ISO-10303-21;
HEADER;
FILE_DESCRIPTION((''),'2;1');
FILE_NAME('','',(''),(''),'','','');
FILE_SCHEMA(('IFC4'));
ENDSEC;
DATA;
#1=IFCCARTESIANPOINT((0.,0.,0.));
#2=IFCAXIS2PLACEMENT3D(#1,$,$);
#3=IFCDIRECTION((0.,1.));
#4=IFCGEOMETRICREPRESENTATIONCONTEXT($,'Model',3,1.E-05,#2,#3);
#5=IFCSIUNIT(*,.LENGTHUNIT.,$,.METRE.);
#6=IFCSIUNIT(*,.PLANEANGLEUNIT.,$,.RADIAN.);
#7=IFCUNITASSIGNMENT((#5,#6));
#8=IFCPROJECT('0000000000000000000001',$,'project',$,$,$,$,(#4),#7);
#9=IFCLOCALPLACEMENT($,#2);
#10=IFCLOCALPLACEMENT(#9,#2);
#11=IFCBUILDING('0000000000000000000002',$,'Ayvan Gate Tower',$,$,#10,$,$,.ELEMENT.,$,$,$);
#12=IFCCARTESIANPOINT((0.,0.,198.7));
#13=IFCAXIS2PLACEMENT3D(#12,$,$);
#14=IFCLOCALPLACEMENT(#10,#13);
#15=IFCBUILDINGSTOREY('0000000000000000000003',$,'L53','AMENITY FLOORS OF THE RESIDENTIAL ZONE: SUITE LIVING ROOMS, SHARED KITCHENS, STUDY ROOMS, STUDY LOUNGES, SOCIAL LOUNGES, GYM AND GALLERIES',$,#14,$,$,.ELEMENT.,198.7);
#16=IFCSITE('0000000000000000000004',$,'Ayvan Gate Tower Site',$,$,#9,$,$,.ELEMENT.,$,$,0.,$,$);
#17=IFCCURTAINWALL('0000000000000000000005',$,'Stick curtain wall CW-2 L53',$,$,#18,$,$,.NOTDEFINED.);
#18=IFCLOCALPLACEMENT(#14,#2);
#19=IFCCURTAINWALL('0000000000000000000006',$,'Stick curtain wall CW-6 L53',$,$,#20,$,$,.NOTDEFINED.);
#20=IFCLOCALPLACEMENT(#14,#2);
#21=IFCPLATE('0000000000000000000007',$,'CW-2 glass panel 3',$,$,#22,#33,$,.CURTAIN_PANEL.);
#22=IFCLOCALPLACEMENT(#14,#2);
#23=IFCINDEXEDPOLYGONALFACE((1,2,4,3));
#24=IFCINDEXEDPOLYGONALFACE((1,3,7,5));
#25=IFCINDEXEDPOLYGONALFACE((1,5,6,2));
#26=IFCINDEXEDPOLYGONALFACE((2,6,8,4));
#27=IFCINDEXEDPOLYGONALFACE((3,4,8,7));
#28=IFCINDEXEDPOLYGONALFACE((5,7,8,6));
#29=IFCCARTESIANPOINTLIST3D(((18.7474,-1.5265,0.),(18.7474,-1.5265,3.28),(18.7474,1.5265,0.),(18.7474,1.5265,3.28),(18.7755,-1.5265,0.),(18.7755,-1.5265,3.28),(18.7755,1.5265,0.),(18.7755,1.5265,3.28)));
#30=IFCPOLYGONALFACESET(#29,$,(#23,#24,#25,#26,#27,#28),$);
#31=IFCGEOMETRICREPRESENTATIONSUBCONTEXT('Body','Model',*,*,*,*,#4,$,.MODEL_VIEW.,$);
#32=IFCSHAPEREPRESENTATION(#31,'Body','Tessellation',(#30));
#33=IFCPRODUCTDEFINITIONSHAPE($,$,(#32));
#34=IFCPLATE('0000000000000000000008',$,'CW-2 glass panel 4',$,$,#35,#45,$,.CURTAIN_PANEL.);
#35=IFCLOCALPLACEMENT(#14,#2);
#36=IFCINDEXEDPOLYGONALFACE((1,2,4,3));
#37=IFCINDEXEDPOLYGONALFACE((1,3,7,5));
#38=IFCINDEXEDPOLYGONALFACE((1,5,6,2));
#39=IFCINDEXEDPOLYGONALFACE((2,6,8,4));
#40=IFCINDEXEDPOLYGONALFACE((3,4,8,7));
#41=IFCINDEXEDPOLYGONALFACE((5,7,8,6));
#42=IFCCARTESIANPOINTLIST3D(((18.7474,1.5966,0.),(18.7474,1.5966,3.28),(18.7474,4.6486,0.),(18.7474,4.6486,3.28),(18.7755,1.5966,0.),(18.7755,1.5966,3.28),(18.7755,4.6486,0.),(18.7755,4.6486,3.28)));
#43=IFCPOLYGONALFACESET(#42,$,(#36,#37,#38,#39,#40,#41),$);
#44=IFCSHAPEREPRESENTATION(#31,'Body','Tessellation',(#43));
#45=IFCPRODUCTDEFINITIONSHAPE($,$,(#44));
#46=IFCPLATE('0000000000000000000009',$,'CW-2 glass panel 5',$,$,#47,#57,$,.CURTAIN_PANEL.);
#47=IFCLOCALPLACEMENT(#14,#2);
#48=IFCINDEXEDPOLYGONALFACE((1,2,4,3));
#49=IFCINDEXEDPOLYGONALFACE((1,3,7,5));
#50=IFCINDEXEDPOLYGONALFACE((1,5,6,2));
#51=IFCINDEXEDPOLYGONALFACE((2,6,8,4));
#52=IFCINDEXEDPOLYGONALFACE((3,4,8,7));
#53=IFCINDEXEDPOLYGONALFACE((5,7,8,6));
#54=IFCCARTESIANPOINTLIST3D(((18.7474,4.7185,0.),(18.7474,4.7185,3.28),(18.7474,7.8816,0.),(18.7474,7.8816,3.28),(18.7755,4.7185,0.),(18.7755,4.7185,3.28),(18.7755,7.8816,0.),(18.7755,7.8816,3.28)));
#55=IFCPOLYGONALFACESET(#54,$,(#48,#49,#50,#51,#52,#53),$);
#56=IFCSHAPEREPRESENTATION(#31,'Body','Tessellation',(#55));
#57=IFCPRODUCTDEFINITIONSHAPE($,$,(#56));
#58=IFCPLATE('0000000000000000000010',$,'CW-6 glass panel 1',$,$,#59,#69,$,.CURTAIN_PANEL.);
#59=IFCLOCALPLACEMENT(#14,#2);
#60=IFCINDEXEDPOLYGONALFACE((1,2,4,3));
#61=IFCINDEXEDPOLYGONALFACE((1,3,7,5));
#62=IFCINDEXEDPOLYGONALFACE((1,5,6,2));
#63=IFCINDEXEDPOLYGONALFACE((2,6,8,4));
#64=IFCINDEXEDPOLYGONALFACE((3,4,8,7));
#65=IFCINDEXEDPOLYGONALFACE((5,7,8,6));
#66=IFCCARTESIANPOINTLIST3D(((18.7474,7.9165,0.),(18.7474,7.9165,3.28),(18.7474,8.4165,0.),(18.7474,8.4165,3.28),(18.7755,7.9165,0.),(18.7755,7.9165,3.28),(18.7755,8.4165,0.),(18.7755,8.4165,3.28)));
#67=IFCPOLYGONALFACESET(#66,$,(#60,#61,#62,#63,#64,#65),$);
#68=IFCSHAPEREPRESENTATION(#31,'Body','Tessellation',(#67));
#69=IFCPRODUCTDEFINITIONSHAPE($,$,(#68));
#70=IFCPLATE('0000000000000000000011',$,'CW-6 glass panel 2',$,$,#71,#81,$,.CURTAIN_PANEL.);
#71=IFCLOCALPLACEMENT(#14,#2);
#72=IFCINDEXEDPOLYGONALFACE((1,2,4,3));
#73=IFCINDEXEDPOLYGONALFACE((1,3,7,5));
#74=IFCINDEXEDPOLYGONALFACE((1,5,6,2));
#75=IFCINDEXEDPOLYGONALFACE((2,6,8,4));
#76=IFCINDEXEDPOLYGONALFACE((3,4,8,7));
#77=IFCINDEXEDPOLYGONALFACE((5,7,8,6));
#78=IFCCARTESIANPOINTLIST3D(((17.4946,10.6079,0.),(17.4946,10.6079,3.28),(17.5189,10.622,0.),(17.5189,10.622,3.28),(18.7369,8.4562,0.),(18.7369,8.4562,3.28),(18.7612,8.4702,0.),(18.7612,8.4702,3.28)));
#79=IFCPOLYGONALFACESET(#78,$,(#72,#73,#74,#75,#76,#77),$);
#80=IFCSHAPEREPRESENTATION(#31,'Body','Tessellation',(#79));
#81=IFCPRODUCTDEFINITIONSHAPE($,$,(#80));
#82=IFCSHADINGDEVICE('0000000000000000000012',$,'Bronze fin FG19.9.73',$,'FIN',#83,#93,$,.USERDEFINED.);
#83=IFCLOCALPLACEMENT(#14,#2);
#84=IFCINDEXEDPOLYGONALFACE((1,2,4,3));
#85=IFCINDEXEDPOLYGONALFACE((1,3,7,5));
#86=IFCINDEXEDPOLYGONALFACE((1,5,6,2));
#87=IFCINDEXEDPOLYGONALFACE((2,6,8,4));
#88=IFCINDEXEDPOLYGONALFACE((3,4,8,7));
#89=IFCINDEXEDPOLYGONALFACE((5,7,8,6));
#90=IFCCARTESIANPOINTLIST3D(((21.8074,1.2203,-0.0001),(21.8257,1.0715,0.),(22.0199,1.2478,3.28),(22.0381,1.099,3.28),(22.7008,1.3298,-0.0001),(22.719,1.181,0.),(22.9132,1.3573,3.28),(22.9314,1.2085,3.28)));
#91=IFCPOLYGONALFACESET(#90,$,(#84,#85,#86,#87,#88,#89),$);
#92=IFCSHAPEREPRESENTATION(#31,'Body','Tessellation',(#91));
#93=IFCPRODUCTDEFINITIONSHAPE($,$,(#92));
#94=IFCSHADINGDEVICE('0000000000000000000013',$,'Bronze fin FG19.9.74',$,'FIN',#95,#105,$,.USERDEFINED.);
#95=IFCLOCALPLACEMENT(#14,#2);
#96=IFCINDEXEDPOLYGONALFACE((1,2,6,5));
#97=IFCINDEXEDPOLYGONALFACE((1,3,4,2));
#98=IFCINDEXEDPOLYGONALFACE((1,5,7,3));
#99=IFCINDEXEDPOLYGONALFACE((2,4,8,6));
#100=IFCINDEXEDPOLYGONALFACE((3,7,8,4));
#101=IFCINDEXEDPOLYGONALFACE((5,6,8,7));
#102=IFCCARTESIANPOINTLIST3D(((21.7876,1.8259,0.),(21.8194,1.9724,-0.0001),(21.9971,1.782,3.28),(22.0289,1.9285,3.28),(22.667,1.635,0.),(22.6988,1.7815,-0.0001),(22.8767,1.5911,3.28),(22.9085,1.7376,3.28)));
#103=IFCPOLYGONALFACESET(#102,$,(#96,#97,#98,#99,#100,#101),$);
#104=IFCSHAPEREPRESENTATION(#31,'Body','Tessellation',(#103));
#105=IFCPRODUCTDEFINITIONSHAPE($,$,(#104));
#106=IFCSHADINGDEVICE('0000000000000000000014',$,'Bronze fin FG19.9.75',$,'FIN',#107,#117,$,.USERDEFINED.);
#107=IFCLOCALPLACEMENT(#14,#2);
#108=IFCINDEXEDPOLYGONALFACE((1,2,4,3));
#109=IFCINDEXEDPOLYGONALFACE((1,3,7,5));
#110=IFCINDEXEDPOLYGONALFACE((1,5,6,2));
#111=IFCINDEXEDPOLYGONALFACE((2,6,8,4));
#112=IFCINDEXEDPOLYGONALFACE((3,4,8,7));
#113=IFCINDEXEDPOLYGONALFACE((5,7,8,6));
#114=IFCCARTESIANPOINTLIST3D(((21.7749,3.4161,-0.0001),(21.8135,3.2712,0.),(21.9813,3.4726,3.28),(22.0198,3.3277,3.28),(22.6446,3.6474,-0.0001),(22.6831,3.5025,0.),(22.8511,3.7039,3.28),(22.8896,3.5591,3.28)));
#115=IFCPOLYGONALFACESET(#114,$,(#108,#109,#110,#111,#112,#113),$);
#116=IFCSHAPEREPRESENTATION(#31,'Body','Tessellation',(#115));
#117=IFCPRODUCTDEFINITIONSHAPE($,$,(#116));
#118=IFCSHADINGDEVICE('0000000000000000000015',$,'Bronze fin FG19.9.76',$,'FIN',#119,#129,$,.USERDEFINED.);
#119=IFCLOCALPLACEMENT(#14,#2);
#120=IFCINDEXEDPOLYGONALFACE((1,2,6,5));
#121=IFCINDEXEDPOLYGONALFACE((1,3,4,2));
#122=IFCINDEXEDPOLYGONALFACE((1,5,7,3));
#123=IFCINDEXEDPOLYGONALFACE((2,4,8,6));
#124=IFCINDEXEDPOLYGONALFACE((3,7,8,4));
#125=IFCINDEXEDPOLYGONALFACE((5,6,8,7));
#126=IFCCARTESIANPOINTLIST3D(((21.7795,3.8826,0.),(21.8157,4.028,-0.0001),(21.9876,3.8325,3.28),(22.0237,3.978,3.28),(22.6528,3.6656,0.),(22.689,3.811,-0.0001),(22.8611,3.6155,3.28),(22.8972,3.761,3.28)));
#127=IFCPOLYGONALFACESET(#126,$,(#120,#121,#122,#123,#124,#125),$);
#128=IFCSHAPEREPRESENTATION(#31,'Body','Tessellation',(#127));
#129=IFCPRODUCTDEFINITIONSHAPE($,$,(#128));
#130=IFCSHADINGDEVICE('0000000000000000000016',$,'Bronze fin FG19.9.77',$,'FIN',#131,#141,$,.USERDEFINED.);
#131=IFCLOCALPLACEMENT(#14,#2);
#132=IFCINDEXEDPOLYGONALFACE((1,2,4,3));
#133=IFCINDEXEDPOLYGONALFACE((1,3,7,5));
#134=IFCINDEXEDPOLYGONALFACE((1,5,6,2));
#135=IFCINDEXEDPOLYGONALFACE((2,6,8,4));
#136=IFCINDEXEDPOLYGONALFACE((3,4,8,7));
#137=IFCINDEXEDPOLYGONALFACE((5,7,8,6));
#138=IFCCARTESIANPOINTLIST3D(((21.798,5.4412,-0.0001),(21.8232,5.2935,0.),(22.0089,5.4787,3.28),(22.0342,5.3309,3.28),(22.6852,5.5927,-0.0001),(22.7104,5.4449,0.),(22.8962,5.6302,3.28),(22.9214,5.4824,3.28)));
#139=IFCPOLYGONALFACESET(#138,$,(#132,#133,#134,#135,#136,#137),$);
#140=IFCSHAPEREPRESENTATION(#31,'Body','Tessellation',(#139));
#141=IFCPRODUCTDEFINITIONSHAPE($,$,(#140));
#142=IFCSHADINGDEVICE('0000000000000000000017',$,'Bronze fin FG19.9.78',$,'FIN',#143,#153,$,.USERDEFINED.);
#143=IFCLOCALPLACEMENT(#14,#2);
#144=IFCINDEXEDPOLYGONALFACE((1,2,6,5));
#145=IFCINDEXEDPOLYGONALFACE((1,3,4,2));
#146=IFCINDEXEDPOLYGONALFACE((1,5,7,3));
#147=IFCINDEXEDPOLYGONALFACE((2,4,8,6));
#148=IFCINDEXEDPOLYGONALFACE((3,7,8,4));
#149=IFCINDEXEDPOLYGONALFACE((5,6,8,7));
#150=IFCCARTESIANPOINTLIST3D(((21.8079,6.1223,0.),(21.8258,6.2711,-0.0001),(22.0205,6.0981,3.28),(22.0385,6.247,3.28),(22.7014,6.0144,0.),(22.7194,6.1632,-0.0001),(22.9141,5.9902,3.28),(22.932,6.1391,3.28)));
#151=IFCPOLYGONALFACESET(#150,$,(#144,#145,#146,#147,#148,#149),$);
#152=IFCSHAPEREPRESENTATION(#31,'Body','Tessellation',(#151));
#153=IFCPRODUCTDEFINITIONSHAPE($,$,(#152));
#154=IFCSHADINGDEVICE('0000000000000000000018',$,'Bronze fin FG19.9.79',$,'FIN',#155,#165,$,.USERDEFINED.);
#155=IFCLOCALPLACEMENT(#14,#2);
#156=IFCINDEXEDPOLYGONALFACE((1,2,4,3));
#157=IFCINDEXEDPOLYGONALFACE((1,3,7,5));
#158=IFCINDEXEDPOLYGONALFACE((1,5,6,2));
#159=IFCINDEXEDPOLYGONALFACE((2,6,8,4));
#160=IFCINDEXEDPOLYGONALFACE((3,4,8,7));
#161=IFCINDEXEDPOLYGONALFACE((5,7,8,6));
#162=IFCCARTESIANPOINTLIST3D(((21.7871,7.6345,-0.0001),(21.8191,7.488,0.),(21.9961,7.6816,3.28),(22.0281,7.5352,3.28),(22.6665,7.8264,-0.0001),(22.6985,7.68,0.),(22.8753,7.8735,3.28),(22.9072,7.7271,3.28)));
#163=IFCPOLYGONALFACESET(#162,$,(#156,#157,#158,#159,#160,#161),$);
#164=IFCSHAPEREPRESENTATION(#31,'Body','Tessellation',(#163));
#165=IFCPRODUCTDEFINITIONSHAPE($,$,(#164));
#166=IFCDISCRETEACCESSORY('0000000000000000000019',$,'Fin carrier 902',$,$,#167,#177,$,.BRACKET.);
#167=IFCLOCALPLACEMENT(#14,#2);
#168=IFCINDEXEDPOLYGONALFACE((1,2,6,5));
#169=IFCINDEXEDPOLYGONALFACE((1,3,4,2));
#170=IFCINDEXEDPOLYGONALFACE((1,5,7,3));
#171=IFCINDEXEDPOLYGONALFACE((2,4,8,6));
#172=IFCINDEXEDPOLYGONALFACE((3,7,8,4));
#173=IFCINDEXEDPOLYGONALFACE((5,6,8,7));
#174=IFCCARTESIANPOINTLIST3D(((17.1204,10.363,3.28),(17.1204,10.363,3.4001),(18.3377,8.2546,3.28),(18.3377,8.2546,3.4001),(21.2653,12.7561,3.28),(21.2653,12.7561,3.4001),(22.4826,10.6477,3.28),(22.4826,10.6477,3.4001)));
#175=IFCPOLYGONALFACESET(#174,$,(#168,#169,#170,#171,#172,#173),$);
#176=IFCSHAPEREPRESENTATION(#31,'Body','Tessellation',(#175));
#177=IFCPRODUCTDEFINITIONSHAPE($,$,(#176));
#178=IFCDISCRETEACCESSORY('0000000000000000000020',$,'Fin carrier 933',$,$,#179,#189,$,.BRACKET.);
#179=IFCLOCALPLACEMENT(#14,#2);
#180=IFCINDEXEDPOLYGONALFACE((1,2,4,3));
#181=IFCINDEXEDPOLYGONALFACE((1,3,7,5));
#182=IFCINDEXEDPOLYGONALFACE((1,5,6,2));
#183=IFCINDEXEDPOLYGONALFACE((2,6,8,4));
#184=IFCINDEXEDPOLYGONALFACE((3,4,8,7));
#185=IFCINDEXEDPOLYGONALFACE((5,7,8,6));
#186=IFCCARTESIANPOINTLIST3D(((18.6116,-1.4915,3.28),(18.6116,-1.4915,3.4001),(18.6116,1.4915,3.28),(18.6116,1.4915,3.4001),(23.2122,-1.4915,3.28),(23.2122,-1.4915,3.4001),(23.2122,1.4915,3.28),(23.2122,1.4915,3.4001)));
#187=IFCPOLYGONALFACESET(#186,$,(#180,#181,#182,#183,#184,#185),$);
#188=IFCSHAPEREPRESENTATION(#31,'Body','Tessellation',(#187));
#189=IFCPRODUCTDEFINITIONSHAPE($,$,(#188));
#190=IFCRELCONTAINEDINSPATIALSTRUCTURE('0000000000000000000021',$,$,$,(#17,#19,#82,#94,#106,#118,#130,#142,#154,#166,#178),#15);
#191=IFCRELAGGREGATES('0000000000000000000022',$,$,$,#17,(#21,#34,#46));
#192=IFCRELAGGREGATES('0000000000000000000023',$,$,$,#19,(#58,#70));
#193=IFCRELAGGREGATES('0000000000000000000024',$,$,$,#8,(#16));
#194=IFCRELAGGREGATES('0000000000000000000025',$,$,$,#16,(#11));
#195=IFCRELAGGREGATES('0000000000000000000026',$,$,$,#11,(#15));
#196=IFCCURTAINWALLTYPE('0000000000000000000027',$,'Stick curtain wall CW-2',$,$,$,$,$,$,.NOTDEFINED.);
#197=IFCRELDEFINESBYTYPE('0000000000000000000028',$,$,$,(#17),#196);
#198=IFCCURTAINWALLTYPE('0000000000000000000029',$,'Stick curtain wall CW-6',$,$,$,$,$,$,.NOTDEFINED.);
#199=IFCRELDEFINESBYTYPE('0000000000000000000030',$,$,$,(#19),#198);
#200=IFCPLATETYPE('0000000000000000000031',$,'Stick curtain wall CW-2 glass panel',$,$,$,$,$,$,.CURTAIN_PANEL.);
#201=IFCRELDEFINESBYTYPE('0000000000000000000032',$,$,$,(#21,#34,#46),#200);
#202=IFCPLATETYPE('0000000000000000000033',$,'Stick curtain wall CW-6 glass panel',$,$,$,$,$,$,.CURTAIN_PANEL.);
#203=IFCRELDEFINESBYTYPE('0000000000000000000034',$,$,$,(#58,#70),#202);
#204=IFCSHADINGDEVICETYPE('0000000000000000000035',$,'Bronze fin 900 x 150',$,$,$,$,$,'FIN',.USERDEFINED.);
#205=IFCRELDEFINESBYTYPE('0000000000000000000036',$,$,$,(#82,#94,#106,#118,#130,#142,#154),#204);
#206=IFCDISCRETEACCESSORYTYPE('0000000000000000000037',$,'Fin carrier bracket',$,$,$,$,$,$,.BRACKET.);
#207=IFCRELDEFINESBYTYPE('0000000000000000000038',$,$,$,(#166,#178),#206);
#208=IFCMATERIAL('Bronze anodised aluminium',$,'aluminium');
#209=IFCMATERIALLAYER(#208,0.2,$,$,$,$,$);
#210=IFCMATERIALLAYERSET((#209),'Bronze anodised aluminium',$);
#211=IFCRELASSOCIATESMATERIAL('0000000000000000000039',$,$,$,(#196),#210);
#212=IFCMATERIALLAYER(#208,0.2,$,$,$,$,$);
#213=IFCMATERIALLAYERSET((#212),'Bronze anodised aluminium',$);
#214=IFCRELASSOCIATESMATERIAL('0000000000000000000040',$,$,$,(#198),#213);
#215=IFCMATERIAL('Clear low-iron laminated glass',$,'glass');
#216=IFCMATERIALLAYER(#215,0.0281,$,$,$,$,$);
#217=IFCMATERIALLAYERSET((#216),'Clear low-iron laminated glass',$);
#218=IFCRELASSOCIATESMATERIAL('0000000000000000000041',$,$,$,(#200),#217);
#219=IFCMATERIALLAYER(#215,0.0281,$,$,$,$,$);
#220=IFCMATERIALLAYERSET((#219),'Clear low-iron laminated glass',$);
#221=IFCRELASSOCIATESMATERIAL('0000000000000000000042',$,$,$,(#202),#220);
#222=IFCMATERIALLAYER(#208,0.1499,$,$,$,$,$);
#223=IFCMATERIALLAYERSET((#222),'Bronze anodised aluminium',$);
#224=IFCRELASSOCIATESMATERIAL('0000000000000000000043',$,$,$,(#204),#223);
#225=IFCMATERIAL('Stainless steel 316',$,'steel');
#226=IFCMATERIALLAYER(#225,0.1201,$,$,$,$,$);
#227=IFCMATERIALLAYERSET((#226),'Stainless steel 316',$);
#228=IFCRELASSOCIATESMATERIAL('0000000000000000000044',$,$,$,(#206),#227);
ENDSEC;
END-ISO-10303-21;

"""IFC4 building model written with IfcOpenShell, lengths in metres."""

from ifc_helpers import new_model, si_unit, direction, frame, origin, origin_2d, place, context, subcontext, project, spatial, polyline, rectangle, outline, extrude, material, layer, layer_set, type_object, element, aggregate, save


model = new_model("IFC4")

# Units and contexts
model_context = context("Model", 3, precision=1e-05, world=origin(), true_north=direction((0.0, 1.0)))
body_context = subcontext(model_context, "Body", "Model", "MODEL_VIEW")
ifc_project = project(units=[si_unit("LENGTHUNIT", "METRE"), si_unit("PLANEANGLEUNIT", "RADIAN")], contexts=[model_context])

# Site, building, storey
site_placement = place(None, origin())
site = spatial("IfcSite", under=ifc_project, at=site_placement, Name="Ayvan Gate Tower Site", CompositionType="ELEMENT", RefElevation=0.0)
building_placement = place(site_placement, origin())
building = spatial("IfcBuilding", under=site, at=building_placement, Name="Ayvan Gate Tower", CompositionType="ELEMENT")
storey_placement = place(building_placement, frame((0.0, 0.0, 198.7)))
storey = spatial("IfcBuildingStorey", under=building, at=storey_placement, Name="L53", Description="AMENITY FLOORS OF THE RESIDENTIAL ZONE: SUITE LIVING ROOMS, SHARED KITCHENS, STUDY ROOMS, STUDY LOUNGES, SOCIAL LOUNGES, GYM AND GALLERIES", CompositionType="ELEMENT", Elevation=198.7)

# Curtain walls
ifc_material_1 = material(Name="Bronze anodised aluminium", Category="aluminium")
ifc_layer_1 = layer(ifc_material_1, 0.2)
ifc_layer_set_1 = layer_set([ifc_layer_1], Name="Bronze anodised aluminium")
curtain_wall_type_1 = type_object("IfcCurtainWallType", Name="Stick curtain wall CW-2", PredefinedType="NOTDEFINED", material=ifc_layer_set_1)
curtain_wall_1_placement = place(storey_placement, origin())
curtain_wall_1 = element("IfcCurtainWall", 1, at=curtain_wall_1_placement, inside=storey, type_object=curtain_wall_type_1, Name="Stick curtain wall CW-2 L53", PredefinedType="NOTDEFINED")
ifc_layer_2 = layer(ifc_material_1, 0.2)
ifc_layer_set_2 = layer_set([ifc_layer_2], Name="Bronze anodised aluminium")
curtain_wall_type_2 = type_object("IfcCurtainWallType", Name="Stick curtain wall CW-6", PredefinedType="NOTDEFINED", material=ifc_layer_set_2)
curtain_wall_2_placement = place(storey_placement, origin())
curtain_wall_2 = element("IfcCurtainWall", 2, at=curtain_wall_2_placement, inside=storey, type_object=curtain_wall_type_2, Name="Stick curtain wall CW-6 L53", PredefinedType="NOTDEFINED")

# Plates
ifc_material_2 = material(Name="Clear low-iron laminated glass", Category="glass")
ifc_layer_3 = layer(ifc_material_2, 0.0281)
ifc_layer_set_3 = layer_set([ifc_layer_3], Name="Clear low-iron laminated glass")
plate_type_1 = type_object("IfcPlateType", Name="Stick curtain wall CW-2 glass panel", PredefinedType="CURTAIN_PANEL", material=ifc_layer_set_3)
plate_1_placement = place(storey_placement, frame((18.7615, 0.0, 0.0), z_axis=(0.0, 0.0, 1.0), x_axis=(0.0, 1.0, 0.0)))
plate_1 = element("IfcPlate", 3, at=plate_1_placement, type_object=plate_type_1, Name="CW-2 glass panel 3", PredefinedType="CURTAIN_PANEL", context=body_context, shape_type="SweptSolid", body=[
    extrude(rectangle(XDim=3.053, YDim=0.0281, at=origin_2d()), origin(), (0.0, 0.0, 1.0), 3.28),
])
plate_2_placement = place(storey_placement, frame((18.7615, 3.1226, 0.0), z_axis=(0.0, 0.0, 1.0), x_axis=(0.0, 1.0, 0.0)))
plate_2 = element("IfcPlate", 4, at=plate_2_placement, type_object=plate_type_1, Name="CW-2 glass panel 4", PredefinedType="CURTAIN_PANEL", context=body_context, shape_type="SweptSolid", body=[
    extrude(rectangle(XDim=3.052, YDim=0.0281, at=origin_2d()), origin(), (0.0, 0.0, 1.0), 3.28),
])
plate_3_placement = place(storey_placement, frame((18.7615, 6.3, 0.0), z_axis=(0.0, 0.0, 1.0), x_axis=(0.0, 1.0, 0.0)))
plate_3 = element("IfcPlate", 5, at=plate_3_placement, type_object=plate_type_1, Name="CW-2 glass panel 5", PredefinedType="CURTAIN_PANEL", context=body_context, shape_type="SweptSolid", body=[
    extrude(rectangle(XDim=3.1631, YDim=0.0281, at=origin_2d()), origin(), (0.0, 0.0, 1.0), 3.28),
])
aggregate(curtain_wall_1, [plate_1, plate_2, plate_3])
ifc_layer_4 = layer(ifc_material_2, 0.0281)
ifc_layer_set_4 = layer_set([ifc_layer_4], Name="Clear low-iron laminated glass")
plate_type_2 = type_object("IfcPlateType", Name="Stick curtain wall CW-6 glass panel", PredefinedType="CURTAIN_PANEL", material=ifc_layer_set_4)
plate_4_placement = place(storey_placement, frame((18.7615, 8.1665, 0.0), z_axis=(0.0, 0.0, 1.0), x_axis=(0.0, 1.0, 0.0)))
plate_4 = element("IfcPlate", 6, at=plate_4_placement, type_object=plate_type_2, Name="CW-6 glass panel 1", PredefinedType="CURTAIN_PANEL", context=body_context, shape_type="SweptSolid", body=[
    extrude(rectangle(XDim=0.5, YDim=0.0281, at=origin_2d()), origin(), (0.0, 0.0, 1.0), 3.28),
])
plate_5_placement = place(storey_placement, frame((18.1279, 9.5391, 0.0), z_axis=(0.0, 0.0, 1.0), x_axis=(-0.5, 0.866025, 0.0)))
plate_5 = element("IfcPlate", 7, at=plate_5_placement, type_object=plate_type_2, Name="CW-6 glass panel 2", PredefinedType="CURTAIN_PANEL", context=body_context, shape_type="SweptSolid", body=[
    extrude(rectangle(XDim=2.4846, YDim=0.0281, at=origin_2d()), origin(), (0.0, 0.0, 1.0), 3.28),
])
aggregate(curtain_wall_2, [plate_4, plate_5])

# Shading devices
ifc_layer_5 = layer(ifc_material_1, 0.1499)
ifc_layer_set_5 = layer_set([ifc_layer_5], Name="Bronze anodised aluminium")
shading_device_type = type_object("IfcShadingDeviceType", Name="Bronze fin 900 x 150", ElementType="FIN", PredefinedType="USERDEFINED", material=ifc_layer_set_5)
shading_device_1_placement = place(storey_placement, frame((21.8257, 1.0715, 0.0), z_axis=(0.121664, -0.992571, 0.000433), x_axis=(0.992571, 0.121664, 0.0)))
element("IfcShadingDevice", 8, at=shading_device_1_placement, inside=storey, type_object=shading_device_type, Name="Bronze fin FG19.9.73", ObjectType="FIN", PredefinedType="USERDEFINED", context=body_context, shape_type="SweptSolid", body=[
    extrude(outline(polyline([(0.0, 0.0), (0.9, 0.0), (1.1142, 3.28), (0.2142, 3.28), (0.0, 0.0)])), origin(), (0.0, 0.0, -1.0), 0.1499),
])
shading_device_2_placement = place(storey_placement, frame((21.7876, 1.8259, 0.0), z_axis=(-0.212131, -0.977241, 0.000462), x_axis=(0.977241, -0.212131, 0.0)))
element("IfcShadingDevice", 9, at=shading_device_2_placement, inside=storey, type_object=shading_device_type, Name="Bronze fin FG19.9.74", ObjectType="FIN", PredefinedType="USERDEFINED", context=body_context, shape_type="SweptSolid", body=[
    extrude(outline(polyline([(0.0, 0.0), (0.8999, 0.0), (1.1141, 3.28), (0.214, 3.28), (0.0, 0.0)])), origin(), (0.0, 0.0, -1.0), 0.1499),
])
shading_device_3_placement = place(storey_placement, frame((21.8135, 3.2712, 0.0), z_axis=(0.257029, -0.966403, 0.000477), x_axis=(0.966404, 0.257029, 0.0)))
element("IfcShadingDevice", 10, at=shading_device_3_placement, inside=storey, type_object=shading_device_type, Name="Bronze fin FG19.9.75", ObjectType="FIN", PredefinedType="USERDEFINED", context=body_context, shape_type="SweptSolid", body=[
    extrude(outline(polyline([(0.0, 0.0), (0.8999, 0.0), (1.114, 3.28), (0.2139, 3.28), (0.0, 0.0)])), origin(), (0.0, 0.0, -1.0), 0.1499),
])
shading_device_4_placement = place(storey_placement, frame((21.7795, 3.8826, 0.0), z_axis=(-0.241163, -0.970484, 0.000494), x_axis=(0.970485, -0.241163, 0.0)))
element("IfcShadingDevice", 11, at=shading_device_4_placement, inside=storey, type_object=shading_device_type, Name="Bronze fin FG19.9.76", ObjectType="FIN", PredefinedType="USERDEFINED", context=body_context, shape_type="SweptSolid", body=[
    extrude(outline(polyline([(0.0, 0.0), (0.8999, 0.0), (1.114, 3.28), (0.2139, 3.28), (0.0, 0.0)])), origin(), (0.0, 0.0, -1.0), 0.1499),
])
shading_device_5_placement = place(storey_placement, frame((21.8232, 5.2935, 0.0), z_axis=(0.168313, -0.985734, 0.000438), x_axis=(0.985734, 0.168313, 0.0)))
element("IfcShadingDevice", 12, at=shading_device_5_placement, inside=storey, type_object=shading_device_type, Name="Bronze fin FG19.9.77", ObjectType="FIN", PredefinedType="USERDEFINED", context=body_context, shape_type="SweptSolid", body=[
    extrude(outline(polyline([(0.0, 0.0), (0.9, 0.0), (1.1143, 3.28), (0.2142, 3.28), (0.0, 0.0)])), origin(), (0.0, 0.0, -1.0), 0.1499),
])
shading_device_6_placement = place(storey_placement, frame((21.8079, 6.1223, 0.0), z_axis=(-0.119894, -0.992787, 0.000457), x_axis=(0.992787, -0.119894, 0.0)))
element("IfcShadingDevice", 13, at=shading_device_6_placement, inside=storey, type_object=shading_device_type, Name="Bronze fin FG19.9.78", ObjectType="FIN", PredefinedType="USERDEFINED", context=body_context, shape_type="SweptSolid", body=[
    extrude(outline(polyline([(0.0, 0.0), (0.9, 0.0), (1.1141, 3.28), (0.214, 3.28), (0.0, 0.0)])), origin(), (0.0, 0.0, -1.0), 0.1499),
])
shading_device_7_placement = place(storey_placement, frame((21.8191, 7.488, 0.0), z_axis=(0.213224, -0.977003, 0.000458), x_axis=(0.977003, 0.213224, 0.0)))
element("IfcShadingDevice", 14, at=shading_device_7_placement, inside=storey, type_object=shading_device_type, Name="Bronze fin FG19.9.79", ObjectType="FIN", PredefinedType="USERDEFINED", context=body_context, shape_type="SweptSolid", body=[
    extrude(outline(polyline([(0.0, 0.0), (0.9001, 0.0), (1.1141, 3.28), (0.2142, 3.28), (0.0, 0.0)])), origin(), (0.0, 0.0, -1.0), 0.1499),
])

# Discrete accessories
ifc_material_3 = material(Name="Stainless steel 316", Category="steel")
ifc_layer_6 = layer(ifc_material_3, 0.1201)
ifc_layer_set_6 = layer_set([ifc_layer_6], Name="Stainless steel 316")
discrete_accessory_type = type_object("IfcDiscreteAccessoryType", Name="Fin carrier bracket", PredefinedType="BRACKET", material=ifc_layer_set_6)
discrete_accessory_1_placement = place(storey_placement, frame((19.8015, 10.5054, 3.28), z_axis=(0.0, 0.0, 1.0), x_axis=(-0.5, 0.866025, 0.0)))
element("IfcDiscreteAccessory", 15, at=discrete_accessory_1_placement, inside=storey, type_object=discrete_accessory_type, Name="Fin carrier 902", PredefinedType="BRACKET", context=body_context, shape_type="SweptSolid", body=[
    extrude(rectangle(XDim=2.4346, YDim=4.7861, at=origin_2d()), origin(), (0.0, 0.0, 1.0), 0.1201),
])
for number, where, z_axis, x_axis, name in (
    (16, (20.9119, 0.0, 3.28), (0.0, 0.0, 1.0), (0.0, 1.0, 0.0), "Fin carrier 933"),
):
    element("IfcDiscreteAccessory", number, at=place(storey_placement, frame(where, z_axis=z_axis, x_axis=x_axis)), inside=storey, type_object=discrete_accessory_type, Name=name, PredefinedType="BRACKET", context=body_context, shape_type="SweptSolid", body=[
        extrude(rectangle(XDim=2.9829, YDim=4.6006, at=origin_2d()), origin(), (0.0, 0.0, 1.0), 0.1201),
    ])

save(model, "model.ifc")
